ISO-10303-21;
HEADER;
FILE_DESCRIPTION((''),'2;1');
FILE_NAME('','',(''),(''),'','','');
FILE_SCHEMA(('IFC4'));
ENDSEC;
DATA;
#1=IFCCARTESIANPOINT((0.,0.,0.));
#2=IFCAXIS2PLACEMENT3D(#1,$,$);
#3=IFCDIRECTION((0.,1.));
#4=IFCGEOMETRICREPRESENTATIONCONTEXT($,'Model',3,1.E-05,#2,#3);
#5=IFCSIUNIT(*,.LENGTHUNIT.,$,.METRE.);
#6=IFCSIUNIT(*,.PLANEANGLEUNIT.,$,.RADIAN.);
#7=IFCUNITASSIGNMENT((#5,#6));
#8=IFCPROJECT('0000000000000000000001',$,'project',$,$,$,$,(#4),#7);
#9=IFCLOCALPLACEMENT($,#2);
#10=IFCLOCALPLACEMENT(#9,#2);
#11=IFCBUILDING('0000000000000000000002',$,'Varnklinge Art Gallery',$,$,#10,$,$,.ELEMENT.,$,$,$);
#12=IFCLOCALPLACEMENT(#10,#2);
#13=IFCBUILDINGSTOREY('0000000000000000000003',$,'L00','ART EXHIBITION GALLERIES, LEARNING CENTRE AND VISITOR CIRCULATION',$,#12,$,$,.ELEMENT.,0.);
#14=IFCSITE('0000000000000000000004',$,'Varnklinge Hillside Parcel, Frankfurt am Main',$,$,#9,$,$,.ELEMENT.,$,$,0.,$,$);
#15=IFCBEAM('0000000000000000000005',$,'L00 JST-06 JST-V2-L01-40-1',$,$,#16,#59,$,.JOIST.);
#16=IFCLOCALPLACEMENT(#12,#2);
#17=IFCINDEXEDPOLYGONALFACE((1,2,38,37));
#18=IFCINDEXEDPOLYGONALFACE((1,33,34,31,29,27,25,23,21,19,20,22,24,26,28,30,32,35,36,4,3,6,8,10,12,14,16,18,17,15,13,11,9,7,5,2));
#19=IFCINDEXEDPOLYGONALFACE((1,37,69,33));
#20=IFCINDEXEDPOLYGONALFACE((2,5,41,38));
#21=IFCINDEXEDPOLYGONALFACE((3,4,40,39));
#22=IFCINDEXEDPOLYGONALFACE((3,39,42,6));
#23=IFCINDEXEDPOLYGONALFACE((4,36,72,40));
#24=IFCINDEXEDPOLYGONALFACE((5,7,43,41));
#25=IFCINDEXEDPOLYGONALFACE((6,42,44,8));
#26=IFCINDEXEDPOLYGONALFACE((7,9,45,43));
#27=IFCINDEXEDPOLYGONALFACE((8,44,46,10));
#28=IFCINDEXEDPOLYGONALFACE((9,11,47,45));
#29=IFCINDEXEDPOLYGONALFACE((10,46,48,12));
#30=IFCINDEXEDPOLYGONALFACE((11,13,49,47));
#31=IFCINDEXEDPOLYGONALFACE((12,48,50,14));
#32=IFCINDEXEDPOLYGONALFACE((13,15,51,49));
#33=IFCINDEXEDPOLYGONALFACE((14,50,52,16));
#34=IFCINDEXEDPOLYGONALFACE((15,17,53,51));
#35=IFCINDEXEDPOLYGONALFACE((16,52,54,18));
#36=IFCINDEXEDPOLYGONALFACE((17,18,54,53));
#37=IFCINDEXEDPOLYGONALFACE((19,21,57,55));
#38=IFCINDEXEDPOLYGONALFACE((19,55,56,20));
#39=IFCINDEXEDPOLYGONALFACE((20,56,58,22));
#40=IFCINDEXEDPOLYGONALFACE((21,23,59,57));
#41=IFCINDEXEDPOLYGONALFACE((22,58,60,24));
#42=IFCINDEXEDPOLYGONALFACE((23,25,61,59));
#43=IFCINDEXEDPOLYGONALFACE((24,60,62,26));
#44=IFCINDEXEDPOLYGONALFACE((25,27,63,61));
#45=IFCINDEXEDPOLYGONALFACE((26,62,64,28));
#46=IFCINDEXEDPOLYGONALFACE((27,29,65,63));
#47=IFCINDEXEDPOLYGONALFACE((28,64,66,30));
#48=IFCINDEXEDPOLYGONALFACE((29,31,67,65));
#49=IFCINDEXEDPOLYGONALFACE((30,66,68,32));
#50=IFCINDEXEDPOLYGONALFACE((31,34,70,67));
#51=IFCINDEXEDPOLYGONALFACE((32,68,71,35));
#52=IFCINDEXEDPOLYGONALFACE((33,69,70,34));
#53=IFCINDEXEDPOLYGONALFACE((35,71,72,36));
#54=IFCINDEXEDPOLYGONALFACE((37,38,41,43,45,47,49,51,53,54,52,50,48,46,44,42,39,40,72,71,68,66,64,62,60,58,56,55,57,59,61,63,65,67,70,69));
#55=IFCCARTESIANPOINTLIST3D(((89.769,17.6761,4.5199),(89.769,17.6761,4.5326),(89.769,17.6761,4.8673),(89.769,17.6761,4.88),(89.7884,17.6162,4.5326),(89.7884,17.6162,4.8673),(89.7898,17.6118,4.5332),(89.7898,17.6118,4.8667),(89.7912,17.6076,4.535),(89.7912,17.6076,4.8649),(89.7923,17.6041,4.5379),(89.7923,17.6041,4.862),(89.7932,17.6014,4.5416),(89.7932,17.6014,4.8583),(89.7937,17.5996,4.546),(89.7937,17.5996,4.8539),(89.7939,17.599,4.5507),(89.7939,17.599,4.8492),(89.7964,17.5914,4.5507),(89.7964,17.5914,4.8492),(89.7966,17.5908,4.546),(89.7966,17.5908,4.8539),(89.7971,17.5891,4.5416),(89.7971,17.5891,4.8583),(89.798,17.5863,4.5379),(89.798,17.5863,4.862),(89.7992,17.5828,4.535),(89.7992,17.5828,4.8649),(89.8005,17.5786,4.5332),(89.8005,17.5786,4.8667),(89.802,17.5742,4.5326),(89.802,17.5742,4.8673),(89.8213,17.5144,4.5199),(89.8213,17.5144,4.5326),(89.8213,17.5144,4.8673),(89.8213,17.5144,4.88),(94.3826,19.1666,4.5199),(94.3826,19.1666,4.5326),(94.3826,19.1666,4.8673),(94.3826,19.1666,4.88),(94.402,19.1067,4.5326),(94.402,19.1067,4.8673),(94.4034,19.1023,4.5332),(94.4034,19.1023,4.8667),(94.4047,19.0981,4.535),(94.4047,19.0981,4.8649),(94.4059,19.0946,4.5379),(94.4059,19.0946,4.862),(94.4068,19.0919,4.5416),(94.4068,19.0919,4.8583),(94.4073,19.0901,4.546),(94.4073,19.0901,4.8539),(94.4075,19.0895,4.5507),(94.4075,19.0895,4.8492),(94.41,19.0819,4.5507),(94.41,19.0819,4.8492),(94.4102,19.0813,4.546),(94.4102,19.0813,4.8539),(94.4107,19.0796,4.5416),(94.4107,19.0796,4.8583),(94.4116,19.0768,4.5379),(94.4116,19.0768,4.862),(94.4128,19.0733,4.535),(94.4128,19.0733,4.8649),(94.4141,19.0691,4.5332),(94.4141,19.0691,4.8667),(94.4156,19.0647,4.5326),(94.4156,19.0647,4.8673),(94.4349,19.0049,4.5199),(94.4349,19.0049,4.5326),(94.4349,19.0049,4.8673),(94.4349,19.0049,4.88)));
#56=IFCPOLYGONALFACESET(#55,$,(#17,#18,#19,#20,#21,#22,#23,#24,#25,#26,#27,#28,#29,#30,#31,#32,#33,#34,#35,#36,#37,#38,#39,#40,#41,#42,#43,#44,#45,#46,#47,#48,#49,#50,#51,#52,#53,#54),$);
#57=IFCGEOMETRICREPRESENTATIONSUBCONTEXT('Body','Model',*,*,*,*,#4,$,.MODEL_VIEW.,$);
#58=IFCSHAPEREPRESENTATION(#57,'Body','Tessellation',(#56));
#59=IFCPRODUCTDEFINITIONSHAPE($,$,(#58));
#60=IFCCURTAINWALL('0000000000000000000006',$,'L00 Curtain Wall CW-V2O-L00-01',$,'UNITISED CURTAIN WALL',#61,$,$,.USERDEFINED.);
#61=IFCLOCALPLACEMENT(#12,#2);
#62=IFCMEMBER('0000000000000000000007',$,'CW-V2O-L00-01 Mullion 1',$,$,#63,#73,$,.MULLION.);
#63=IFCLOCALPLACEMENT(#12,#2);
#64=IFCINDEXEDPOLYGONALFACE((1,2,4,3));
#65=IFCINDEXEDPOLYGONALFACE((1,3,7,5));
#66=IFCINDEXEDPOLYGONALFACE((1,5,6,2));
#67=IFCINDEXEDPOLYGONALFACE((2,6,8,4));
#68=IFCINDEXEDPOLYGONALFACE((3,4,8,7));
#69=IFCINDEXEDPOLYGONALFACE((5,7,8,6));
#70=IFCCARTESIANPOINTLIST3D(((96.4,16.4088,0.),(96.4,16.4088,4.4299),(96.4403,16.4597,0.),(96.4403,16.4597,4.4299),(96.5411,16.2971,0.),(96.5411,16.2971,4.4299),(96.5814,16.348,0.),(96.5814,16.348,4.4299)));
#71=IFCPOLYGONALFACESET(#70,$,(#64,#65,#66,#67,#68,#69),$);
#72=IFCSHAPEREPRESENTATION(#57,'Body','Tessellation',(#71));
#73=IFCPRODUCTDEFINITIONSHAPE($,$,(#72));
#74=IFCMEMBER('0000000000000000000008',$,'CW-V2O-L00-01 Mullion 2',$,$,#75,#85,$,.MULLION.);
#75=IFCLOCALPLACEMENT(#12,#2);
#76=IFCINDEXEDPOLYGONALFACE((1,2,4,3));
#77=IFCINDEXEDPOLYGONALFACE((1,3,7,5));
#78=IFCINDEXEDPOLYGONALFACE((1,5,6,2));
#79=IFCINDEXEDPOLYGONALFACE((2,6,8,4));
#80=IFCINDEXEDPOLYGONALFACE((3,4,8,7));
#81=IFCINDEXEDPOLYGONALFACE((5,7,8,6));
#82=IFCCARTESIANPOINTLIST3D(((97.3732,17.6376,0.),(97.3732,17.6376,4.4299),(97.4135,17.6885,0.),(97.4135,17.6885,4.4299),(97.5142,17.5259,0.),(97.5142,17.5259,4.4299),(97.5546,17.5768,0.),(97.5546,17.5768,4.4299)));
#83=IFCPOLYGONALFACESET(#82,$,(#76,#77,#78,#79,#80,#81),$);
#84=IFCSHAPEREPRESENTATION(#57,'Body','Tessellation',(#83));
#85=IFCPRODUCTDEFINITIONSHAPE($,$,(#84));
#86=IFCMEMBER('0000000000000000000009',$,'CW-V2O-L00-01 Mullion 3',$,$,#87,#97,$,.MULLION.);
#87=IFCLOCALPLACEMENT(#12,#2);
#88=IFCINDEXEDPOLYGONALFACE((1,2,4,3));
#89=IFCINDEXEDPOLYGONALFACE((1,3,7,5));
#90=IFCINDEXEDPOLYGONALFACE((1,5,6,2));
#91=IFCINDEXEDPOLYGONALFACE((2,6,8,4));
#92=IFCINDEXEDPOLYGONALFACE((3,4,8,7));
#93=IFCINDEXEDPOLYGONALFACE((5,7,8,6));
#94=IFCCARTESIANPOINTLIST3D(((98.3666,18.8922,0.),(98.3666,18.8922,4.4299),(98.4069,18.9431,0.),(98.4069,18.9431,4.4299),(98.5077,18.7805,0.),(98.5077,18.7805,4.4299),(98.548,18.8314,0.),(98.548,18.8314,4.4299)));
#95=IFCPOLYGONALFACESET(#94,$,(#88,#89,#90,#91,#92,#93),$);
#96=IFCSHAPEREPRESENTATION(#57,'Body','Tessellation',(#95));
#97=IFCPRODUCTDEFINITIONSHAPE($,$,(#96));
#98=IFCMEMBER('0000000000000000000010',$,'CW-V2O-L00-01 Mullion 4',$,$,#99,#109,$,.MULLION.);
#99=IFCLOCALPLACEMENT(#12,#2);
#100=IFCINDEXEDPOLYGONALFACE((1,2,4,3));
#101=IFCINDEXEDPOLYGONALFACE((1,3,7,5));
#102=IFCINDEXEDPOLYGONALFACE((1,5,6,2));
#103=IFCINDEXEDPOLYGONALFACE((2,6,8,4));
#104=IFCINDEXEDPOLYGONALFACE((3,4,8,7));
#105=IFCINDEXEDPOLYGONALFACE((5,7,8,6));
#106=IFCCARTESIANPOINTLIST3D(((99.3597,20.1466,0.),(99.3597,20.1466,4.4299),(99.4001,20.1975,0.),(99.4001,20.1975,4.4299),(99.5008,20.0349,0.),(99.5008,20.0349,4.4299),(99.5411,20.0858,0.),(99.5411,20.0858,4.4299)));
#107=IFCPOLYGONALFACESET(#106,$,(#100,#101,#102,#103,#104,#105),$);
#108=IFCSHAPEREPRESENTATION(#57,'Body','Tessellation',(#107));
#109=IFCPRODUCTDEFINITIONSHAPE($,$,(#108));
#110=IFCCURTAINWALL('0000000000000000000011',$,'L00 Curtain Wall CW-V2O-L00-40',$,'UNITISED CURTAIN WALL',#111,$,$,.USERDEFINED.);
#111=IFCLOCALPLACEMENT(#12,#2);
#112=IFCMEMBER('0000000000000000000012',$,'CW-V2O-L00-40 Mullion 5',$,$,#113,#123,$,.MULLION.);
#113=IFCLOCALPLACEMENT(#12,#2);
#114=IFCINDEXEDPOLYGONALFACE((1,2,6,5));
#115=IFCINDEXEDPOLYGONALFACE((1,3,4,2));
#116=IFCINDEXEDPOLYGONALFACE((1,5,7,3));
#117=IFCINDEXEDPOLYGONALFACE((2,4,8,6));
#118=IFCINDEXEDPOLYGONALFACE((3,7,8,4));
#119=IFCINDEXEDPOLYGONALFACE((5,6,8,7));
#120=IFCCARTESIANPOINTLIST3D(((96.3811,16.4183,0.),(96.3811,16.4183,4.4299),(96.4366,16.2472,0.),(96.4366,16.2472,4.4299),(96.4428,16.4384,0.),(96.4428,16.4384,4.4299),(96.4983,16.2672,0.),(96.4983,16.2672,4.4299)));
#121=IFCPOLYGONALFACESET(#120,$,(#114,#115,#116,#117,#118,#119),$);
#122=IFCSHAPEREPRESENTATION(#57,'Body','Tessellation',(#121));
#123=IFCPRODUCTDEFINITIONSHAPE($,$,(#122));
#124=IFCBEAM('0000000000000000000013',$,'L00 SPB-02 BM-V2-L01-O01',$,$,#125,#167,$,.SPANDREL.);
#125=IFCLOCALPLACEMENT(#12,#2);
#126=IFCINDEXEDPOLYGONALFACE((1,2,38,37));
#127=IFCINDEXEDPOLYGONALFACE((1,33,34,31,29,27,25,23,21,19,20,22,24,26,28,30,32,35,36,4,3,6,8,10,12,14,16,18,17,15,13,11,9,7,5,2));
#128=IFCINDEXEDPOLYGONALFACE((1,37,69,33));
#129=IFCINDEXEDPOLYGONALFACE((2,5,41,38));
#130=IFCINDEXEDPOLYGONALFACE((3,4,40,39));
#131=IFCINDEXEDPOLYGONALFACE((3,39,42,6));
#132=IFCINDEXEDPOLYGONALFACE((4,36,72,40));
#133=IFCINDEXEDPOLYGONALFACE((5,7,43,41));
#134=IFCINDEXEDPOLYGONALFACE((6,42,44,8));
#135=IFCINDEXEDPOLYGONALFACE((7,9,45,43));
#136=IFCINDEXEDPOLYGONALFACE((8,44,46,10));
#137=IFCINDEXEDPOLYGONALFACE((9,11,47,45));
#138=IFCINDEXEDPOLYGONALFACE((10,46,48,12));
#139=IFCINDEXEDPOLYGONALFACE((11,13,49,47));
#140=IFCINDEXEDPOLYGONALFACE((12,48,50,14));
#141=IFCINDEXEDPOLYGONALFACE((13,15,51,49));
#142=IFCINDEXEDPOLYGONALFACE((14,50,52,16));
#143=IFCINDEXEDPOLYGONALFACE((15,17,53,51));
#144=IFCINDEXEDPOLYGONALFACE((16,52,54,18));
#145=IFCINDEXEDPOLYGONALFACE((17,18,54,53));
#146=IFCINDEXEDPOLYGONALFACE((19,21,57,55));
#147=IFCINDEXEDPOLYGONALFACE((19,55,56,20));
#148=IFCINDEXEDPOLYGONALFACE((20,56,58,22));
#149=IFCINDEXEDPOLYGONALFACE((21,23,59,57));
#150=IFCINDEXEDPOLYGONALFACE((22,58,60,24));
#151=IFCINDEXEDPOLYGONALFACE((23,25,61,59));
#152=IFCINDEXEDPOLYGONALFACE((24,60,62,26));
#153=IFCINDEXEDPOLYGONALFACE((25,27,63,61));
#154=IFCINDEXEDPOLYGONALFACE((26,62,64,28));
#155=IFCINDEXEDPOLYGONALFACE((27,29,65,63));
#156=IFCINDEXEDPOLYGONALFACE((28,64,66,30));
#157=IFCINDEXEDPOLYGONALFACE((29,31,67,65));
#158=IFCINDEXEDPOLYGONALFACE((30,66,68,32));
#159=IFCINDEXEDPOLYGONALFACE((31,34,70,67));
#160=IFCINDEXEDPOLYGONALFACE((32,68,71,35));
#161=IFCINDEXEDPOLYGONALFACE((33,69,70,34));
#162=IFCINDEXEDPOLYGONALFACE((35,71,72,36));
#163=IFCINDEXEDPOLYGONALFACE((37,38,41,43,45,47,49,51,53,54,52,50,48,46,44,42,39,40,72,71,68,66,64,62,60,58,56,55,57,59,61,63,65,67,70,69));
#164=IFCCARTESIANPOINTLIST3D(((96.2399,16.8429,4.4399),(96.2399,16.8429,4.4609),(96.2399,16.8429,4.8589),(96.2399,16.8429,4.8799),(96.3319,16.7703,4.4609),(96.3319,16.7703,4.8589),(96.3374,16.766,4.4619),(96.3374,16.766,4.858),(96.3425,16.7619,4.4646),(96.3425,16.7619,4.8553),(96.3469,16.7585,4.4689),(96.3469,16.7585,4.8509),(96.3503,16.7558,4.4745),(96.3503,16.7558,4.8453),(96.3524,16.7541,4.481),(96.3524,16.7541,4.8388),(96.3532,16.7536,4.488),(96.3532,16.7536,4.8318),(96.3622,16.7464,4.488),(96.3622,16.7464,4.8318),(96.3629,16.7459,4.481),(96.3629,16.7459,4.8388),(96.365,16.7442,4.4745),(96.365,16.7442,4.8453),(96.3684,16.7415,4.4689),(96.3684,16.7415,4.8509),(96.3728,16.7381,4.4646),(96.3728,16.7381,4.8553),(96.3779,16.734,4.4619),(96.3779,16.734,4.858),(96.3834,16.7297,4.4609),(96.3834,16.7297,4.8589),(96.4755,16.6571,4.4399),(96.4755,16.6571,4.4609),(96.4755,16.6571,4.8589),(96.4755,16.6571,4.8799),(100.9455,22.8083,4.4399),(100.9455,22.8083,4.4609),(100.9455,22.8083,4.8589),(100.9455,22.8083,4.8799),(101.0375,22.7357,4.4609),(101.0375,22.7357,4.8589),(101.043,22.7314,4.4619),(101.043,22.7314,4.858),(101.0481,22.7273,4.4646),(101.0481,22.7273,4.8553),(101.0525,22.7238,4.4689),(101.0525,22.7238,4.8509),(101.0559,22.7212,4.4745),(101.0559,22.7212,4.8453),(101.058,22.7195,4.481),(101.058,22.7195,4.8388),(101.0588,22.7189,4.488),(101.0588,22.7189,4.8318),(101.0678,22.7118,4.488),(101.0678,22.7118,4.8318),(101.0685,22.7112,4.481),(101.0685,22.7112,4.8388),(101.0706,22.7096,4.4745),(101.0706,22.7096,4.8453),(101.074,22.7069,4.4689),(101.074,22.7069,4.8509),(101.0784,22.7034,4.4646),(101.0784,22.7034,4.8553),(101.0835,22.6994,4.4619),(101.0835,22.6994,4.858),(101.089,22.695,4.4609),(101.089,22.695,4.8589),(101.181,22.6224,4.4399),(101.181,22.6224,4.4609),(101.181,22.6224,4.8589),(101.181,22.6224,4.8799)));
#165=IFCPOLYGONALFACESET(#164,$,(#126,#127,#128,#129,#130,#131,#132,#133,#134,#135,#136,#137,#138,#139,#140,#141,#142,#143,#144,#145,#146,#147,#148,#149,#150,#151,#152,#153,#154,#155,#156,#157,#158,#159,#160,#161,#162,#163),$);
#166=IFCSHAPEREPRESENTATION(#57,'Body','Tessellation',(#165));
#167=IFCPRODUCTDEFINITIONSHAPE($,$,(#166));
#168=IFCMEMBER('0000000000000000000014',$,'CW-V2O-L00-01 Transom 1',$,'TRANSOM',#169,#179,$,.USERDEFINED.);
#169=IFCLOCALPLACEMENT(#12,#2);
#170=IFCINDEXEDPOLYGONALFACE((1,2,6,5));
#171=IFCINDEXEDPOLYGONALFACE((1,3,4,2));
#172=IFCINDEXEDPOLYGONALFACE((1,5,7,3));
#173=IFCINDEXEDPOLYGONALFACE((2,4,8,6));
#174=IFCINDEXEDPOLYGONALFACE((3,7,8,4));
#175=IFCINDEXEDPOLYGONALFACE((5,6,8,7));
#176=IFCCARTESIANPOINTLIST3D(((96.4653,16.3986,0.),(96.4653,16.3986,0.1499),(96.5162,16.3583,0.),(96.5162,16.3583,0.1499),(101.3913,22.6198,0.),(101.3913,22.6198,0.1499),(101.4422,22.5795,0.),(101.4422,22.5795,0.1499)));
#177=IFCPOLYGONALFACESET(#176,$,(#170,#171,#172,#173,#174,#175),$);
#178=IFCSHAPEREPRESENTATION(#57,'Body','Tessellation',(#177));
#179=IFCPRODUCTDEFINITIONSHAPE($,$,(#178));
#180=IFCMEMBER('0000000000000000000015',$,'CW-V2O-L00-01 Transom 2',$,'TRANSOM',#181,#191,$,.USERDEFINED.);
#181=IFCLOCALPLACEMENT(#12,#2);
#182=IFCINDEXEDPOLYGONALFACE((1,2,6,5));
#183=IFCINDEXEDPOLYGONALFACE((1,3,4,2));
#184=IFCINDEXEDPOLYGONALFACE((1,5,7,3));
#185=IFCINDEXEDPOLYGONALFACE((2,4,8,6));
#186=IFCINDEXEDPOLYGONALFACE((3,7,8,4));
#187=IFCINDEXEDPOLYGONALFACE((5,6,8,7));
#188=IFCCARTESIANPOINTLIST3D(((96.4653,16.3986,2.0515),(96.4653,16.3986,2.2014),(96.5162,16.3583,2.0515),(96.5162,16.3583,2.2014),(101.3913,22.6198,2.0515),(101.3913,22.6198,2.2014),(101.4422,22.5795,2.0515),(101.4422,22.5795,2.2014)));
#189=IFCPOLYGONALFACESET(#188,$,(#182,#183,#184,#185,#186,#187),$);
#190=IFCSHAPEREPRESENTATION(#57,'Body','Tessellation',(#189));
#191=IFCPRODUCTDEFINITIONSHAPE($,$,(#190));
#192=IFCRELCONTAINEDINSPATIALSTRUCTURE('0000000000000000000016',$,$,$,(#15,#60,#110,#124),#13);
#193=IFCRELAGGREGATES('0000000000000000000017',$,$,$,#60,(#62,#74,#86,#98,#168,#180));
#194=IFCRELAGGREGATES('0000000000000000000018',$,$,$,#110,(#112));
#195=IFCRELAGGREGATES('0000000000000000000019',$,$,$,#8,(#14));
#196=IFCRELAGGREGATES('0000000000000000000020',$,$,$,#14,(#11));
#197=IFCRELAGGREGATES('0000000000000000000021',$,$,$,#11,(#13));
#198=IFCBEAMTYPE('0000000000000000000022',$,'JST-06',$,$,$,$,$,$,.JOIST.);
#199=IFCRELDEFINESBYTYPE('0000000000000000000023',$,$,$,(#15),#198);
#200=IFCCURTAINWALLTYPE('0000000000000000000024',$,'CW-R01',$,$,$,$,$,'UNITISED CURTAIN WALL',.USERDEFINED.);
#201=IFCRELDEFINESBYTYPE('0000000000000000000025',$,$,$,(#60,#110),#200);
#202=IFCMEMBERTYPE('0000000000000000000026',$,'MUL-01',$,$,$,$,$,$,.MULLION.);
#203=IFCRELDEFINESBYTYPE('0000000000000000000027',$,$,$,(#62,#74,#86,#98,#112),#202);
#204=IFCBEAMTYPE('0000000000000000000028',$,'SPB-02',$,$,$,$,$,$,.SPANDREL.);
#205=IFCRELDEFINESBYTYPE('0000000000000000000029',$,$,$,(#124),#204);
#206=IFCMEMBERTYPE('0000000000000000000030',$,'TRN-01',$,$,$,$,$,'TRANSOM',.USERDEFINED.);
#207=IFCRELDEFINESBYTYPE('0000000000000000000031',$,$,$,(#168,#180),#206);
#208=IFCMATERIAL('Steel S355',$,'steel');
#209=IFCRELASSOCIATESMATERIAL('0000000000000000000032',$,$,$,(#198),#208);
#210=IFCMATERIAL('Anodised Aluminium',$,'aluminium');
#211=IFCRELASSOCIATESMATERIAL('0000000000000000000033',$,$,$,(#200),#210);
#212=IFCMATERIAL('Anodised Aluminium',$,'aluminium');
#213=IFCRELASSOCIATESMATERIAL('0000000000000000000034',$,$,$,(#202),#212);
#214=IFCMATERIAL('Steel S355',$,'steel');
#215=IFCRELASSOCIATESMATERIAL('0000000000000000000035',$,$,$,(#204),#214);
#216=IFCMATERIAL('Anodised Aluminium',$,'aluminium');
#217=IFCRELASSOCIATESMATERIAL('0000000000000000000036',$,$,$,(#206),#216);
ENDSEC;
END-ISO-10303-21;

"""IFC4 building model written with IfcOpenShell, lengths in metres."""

from ifc_helpers import new_model, si_unit, direction, frame, origin, origin_2d, place, context, subcontext, project, spatial, rectangle, i_section, extrude, material, material_profile, profile_set, type_object, element, aggregate, save


model = new_model("IFC4")

# Units and contexts
model_context = context("Model", 3, precision=1e-05, world=origin(), true_north=direction((0.0, 1.0)))
body_context = subcontext(model_context, "Body", "Model", "MODEL_VIEW")
ifc_project = project(units=[si_unit("LENGTHUNIT", "METRE"), si_unit("PLANEANGLEUNIT", "RADIAN")], contexts=[model_context])

# Site, building, storey
site_placement = place(None, origin())
site = spatial("IfcSite", under=ifc_project, at=site_placement, Name="Varnklinge Hillside Parcel, Frankfurt am Main", CompositionType="ELEMENT", RefElevation=0.0)
building_placement = place(site_placement, origin())
building = spatial("IfcBuilding", under=site, at=building_placement, Name="Varnklinge Art Gallery", CompositionType="ELEMENT")
storey_placement = place(building_placement, origin())
storey = spatial("IfcBuildingStorey", under=building, at=storey_placement, Name="L00", Description="ART EXHIBITION GALLERIES, LEARNING CENTRE AND VISITOR CIRCULATION", CompositionType="ELEMENT", Elevation=0.0)

# Beam
ifc_material_1 = material(Name="Steel S355", Category="steel")
ifc_material_profile_1 = material_profile(ifc_material_1, i_section(OverallWidth=0.1699, OverallDepth=0.3601, WebThickness=0.0081, FlangeThickness=0.0127, FilletRadius=0.0181, at=origin_2d()), Name="IPE 360")
ifc_profile_set_1 = profile_set([ifc_material_profile_1], Name="Steel S355")
beam_type_1 = type_object("IfcBeamType", Name="JST-06", PredefinedType="JOIST", material=ifc_profile_set_1)
beam_1_placement = place(storey_placement, frame((89.7952, 17.5952, 4.7), z_axis=(0.951573, 0.307422, 0.0), x_axis=(-0.307422, 0.951573, 0.0)))
element("IfcBeam", 1, at=beam_1_placement, inside=storey, type_object=beam_type_1, Name="L00 JST-06 JST-V2-L01-40-1", PredefinedType="JOIST", context=body_context, shape_type="SweptSolid", body=[
    extrude(i_section(OverallWidth=0.1699, OverallDepth=0.3601, WebThickness=0.0081, FlangeThickness=0.0127, FilletRadius=0.0181, at=origin_2d()), origin(), (0.0, 0.0, 1.0), 4.8484),
])

# Curtain wall, members
ifc_material_2 = material(Name="Anodised Aluminium", Category="aluminium")
curtain_wall_type = type_object("IfcCurtainWallType", Name="CW-R01", ElementType="UNITISED CURTAIN WALL", PredefinedType="USERDEFINED", material=ifc_material_2)
curtain_wall_1_placement = place(storey_placement, origin())
curtain_wall_1 = element("IfcCurtainWall", 2, at=curtain_wall_1_placement, inside=storey, type_object=curtain_wall_type, Name="L00 Curtain Wall CW-V2O-L00-01", ObjectType="UNITISED CURTAIN WALL", PredefinedType="USERDEFINED")
ifc_material_3 = material(Name="Anodised Aluminium", Category="aluminium")
ifc_material_profile_2 = material_profile(ifc_material_3, rectangle(XDim=0.0649, YDim=0.1799, at=origin_2d()), Name="ALU 65x180")
ifc_profile_set_2 = profile_set([ifc_material_profile_2], Name="Anodised Aluminium")
member_type_1 = type_object("IfcMemberType", Name="MUL-01", PredefinedType="MULLION", material=ifc_profile_set_2)
member_1_placement = place(storey_placement, frame((96.4907, 16.3784, 0.0), z_axis=(0.0, 0.0, 1.0), x_axis=(0.620737, 0.784019, 0.0)))
member_1 = element("IfcMember", 3, at=member_1_placement, type_object=member_type_1, Name="CW-V2O-L00-01 Mullion 1", PredefinedType="MULLION", context=body_context, shape_type="SweptSolid", body=[
    extrude(rectangle(XDim=0.0649, YDim=0.1799, at=origin_2d()), origin(), (0.0, 0.0, 1.0), 4.4299),
])
member_2_placement = place(storey_placement, frame((97.4639, 17.6072, 0.0), z_axis=(0.0, 0.0, 1.0), x_axis=(0.620737, 0.784019, 0.0)))
member_2 = element("IfcMember", 4, at=member_2_placement, type_object=member_type_1, Name="CW-V2O-L00-01 Mullion 2", PredefinedType="MULLION", context=body_context, shape_type="SweptSolid", body=[
    extrude(rectangle(XDim=0.0649, YDim=0.1799, at=origin_2d()), origin(), (0.0, 0.0, 1.0), 4.4299),
])
member_3_placement = place(storey_placement, frame((98.4573, 18.8618, 0.0), z_axis=(0.0, 0.0, 1.0), x_axis=(0.620737, 0.784019, 0.0)))
member_3 = element("IfcMember", 5, at=member_3_placement, type_object=member_type_1, Name="CW-V2O-L00-01 Mullion 3", PredefinedType="MULLION", context=body_context, shape_type="SweptSolid", body=[
    extrude(rectangle(XDim=0.0649, YDim=0.1799, at=origin_2d()), origin(), (0.0, 0.0, 1.0), 4.4299),
])
member_4_placement = place(storey_placement, frame((99.4504, 20.1162, 0.0), z_axis=(0.0, 0.0, 1.0), x_axis=(0.620737, 0.784019, 0.0)))
member_4 = element("IfcMember", 6, at=member_4_placement, type_object=member_type_1, Name="CW-V2O-L00-01 Mullion 4", PredefinedType="MULLION", context=body_context, shape_type="SweptSolid", body=[
    extrude(rectangle(XDim=0.0649, YDim=0.1799, at=origin_2d()), origin(), (0.0, 0.0, 1.0), 4.4299),
])

# Curtain wall, member
curtain_wall_2_placement = place(storey_placement, origin())
curtain_wall_2 = element("IfcCurtainWall", 7, at=curtain_wall_2_placement, inside=storey, type_object=curtain_wall_type, Name="L00 Curtain Wall CW-V2O-L00-40", ObjectType="UNITISED CURTAIN WALL", PredefinedType="USERDEFINED")
member_5_placement = place(storey_placement, frame((96.4397, 16.3428, 0.0), z_axis=(0.0, 0.0, 1.0), x_axis=(0.951272, 0.308353, 0.0)))
member_5 = element("IfcMember", 8, at=member_5_placement, type_object=member_type_1, Name="CW-V2O-L00-40 Mullion 5", PredefinedType="MULLION", context=body_context, shape_type="SweptSolid", body=[
    extrude(rectangle(XDim=0.0649, YDim=0.1799, at=origin_2d()), origin(), (0.0, 0.0, 1.0), 4.4299),
])

# Beam
ifc_material_4 = material(Name="Steel S355", Category="steel")
ifc_material_profile_3 = material_profile(ifc_material_4, i_section(OverallWidth=0.3, OverallDepth=0.4399, WebThickness=0.0115, FlangeThickness=0.021, FilletRadius=0.0271, at=origin_2d()), Name="HEA 450")
ifc_profile_set_3 = profile_set([ifc_material_profile_3], Name="Steel S355")
beam_type_2 = type_object("IfcBeamType", Name="SPB-02", PredefinedType="SPANDREL", material=ifc_profile_set_3)
beam_2_placement = place(storey_placement, frame((96.3577, 16.75, 4.6599), z_axis=(0.619328, 0.785133, 0.0), x_axis=(-0.785133, 0.619328, 0.0)))
element("IfcBeam", 9, at=beam_2_placement, inside=storey, type_object=beam_type_2, Name="L00 SPB-02 BM-V2-L01-O01", PredefinedType="SPANDREL", context=body_context, shape_type="SweptSolid", body=[
    extrude(i_section(OverallWidth=0.3, OverallDepth=0.4399, WebThickness=0.0115, FlangeThickness=0.021, FilletRadius=0.0271, at=origin_2d()), origin(), (0.0, 0.0, 1.0), 7.5979),
])

# Members
ifc_material_5 = material(Name="Anodised Aluminium", Category="aluminium")
ifc_material_profile_4 = material_profile(ifc_material_5, rectangle(XDim=0.0649, YDim=0.1499, at=origin_2d()), Name="ALU 65x150")
ifc_profile_set_4 = profile_set([ifc_material_profile_4], Name="Anodised Aluminium")
member_type_2 = type_object("IfcMemberType", Name="TRN-01", ElementType="TRANSOM", PredefinedType="USERDEFINED", material=ifc_profile_set_4)
member_6_placement = place(storey_placement, frame((96.4907, 16.3784, 0.075), z_axis=(0.620774, 0.78399, 0.0), x_axis=(-0.78399, 0.620774, 0.0)))
member_6 = element("IfcMember", 10, at=member_6_placement, type_object=member_type_2, Name="CW-V2O-L00-01 Transom 1", ObjectType="TRANSOM", PredefinedType="USERDEFINED", context=body_context, shape_type="SweptSolid", body=[
    extrude(rectangle(XDim=0.0649, YDim=0.1499, at=origin_2d()), origin(), (0.0, 0.0, 1.0), 7.9353),
])
member_7_placement = place(storey_placement, frame((96.4907, 16.3784, 2.1265), z_axis=(0.620774, 0.78399, 0.0), x_axis=(-0.78399, 0.620774, 0.0)))
member_7 = element("IfcMember", 11, at=member_7_placement, type_object=member_type_2, Name="CW-V2O-L00-01 Transom 2", ObjectType="TRANSOM", PredefinedType="USERDEFINED", context=body_context, shape_type="SweptSolid", body=[
    extrude(rectangle(XDim=0.0649, YDim=0.1499, at=origin_2d()), origin(), (0.0, 0.0, 1.0), 7.9353),
])

aggregate(curtain_wall_1, [member_1, member_2, member_3, member_4, member_6, member_7])
aggregate(curtain_wall_2, [member_5])

save(model, "model.ifc")
